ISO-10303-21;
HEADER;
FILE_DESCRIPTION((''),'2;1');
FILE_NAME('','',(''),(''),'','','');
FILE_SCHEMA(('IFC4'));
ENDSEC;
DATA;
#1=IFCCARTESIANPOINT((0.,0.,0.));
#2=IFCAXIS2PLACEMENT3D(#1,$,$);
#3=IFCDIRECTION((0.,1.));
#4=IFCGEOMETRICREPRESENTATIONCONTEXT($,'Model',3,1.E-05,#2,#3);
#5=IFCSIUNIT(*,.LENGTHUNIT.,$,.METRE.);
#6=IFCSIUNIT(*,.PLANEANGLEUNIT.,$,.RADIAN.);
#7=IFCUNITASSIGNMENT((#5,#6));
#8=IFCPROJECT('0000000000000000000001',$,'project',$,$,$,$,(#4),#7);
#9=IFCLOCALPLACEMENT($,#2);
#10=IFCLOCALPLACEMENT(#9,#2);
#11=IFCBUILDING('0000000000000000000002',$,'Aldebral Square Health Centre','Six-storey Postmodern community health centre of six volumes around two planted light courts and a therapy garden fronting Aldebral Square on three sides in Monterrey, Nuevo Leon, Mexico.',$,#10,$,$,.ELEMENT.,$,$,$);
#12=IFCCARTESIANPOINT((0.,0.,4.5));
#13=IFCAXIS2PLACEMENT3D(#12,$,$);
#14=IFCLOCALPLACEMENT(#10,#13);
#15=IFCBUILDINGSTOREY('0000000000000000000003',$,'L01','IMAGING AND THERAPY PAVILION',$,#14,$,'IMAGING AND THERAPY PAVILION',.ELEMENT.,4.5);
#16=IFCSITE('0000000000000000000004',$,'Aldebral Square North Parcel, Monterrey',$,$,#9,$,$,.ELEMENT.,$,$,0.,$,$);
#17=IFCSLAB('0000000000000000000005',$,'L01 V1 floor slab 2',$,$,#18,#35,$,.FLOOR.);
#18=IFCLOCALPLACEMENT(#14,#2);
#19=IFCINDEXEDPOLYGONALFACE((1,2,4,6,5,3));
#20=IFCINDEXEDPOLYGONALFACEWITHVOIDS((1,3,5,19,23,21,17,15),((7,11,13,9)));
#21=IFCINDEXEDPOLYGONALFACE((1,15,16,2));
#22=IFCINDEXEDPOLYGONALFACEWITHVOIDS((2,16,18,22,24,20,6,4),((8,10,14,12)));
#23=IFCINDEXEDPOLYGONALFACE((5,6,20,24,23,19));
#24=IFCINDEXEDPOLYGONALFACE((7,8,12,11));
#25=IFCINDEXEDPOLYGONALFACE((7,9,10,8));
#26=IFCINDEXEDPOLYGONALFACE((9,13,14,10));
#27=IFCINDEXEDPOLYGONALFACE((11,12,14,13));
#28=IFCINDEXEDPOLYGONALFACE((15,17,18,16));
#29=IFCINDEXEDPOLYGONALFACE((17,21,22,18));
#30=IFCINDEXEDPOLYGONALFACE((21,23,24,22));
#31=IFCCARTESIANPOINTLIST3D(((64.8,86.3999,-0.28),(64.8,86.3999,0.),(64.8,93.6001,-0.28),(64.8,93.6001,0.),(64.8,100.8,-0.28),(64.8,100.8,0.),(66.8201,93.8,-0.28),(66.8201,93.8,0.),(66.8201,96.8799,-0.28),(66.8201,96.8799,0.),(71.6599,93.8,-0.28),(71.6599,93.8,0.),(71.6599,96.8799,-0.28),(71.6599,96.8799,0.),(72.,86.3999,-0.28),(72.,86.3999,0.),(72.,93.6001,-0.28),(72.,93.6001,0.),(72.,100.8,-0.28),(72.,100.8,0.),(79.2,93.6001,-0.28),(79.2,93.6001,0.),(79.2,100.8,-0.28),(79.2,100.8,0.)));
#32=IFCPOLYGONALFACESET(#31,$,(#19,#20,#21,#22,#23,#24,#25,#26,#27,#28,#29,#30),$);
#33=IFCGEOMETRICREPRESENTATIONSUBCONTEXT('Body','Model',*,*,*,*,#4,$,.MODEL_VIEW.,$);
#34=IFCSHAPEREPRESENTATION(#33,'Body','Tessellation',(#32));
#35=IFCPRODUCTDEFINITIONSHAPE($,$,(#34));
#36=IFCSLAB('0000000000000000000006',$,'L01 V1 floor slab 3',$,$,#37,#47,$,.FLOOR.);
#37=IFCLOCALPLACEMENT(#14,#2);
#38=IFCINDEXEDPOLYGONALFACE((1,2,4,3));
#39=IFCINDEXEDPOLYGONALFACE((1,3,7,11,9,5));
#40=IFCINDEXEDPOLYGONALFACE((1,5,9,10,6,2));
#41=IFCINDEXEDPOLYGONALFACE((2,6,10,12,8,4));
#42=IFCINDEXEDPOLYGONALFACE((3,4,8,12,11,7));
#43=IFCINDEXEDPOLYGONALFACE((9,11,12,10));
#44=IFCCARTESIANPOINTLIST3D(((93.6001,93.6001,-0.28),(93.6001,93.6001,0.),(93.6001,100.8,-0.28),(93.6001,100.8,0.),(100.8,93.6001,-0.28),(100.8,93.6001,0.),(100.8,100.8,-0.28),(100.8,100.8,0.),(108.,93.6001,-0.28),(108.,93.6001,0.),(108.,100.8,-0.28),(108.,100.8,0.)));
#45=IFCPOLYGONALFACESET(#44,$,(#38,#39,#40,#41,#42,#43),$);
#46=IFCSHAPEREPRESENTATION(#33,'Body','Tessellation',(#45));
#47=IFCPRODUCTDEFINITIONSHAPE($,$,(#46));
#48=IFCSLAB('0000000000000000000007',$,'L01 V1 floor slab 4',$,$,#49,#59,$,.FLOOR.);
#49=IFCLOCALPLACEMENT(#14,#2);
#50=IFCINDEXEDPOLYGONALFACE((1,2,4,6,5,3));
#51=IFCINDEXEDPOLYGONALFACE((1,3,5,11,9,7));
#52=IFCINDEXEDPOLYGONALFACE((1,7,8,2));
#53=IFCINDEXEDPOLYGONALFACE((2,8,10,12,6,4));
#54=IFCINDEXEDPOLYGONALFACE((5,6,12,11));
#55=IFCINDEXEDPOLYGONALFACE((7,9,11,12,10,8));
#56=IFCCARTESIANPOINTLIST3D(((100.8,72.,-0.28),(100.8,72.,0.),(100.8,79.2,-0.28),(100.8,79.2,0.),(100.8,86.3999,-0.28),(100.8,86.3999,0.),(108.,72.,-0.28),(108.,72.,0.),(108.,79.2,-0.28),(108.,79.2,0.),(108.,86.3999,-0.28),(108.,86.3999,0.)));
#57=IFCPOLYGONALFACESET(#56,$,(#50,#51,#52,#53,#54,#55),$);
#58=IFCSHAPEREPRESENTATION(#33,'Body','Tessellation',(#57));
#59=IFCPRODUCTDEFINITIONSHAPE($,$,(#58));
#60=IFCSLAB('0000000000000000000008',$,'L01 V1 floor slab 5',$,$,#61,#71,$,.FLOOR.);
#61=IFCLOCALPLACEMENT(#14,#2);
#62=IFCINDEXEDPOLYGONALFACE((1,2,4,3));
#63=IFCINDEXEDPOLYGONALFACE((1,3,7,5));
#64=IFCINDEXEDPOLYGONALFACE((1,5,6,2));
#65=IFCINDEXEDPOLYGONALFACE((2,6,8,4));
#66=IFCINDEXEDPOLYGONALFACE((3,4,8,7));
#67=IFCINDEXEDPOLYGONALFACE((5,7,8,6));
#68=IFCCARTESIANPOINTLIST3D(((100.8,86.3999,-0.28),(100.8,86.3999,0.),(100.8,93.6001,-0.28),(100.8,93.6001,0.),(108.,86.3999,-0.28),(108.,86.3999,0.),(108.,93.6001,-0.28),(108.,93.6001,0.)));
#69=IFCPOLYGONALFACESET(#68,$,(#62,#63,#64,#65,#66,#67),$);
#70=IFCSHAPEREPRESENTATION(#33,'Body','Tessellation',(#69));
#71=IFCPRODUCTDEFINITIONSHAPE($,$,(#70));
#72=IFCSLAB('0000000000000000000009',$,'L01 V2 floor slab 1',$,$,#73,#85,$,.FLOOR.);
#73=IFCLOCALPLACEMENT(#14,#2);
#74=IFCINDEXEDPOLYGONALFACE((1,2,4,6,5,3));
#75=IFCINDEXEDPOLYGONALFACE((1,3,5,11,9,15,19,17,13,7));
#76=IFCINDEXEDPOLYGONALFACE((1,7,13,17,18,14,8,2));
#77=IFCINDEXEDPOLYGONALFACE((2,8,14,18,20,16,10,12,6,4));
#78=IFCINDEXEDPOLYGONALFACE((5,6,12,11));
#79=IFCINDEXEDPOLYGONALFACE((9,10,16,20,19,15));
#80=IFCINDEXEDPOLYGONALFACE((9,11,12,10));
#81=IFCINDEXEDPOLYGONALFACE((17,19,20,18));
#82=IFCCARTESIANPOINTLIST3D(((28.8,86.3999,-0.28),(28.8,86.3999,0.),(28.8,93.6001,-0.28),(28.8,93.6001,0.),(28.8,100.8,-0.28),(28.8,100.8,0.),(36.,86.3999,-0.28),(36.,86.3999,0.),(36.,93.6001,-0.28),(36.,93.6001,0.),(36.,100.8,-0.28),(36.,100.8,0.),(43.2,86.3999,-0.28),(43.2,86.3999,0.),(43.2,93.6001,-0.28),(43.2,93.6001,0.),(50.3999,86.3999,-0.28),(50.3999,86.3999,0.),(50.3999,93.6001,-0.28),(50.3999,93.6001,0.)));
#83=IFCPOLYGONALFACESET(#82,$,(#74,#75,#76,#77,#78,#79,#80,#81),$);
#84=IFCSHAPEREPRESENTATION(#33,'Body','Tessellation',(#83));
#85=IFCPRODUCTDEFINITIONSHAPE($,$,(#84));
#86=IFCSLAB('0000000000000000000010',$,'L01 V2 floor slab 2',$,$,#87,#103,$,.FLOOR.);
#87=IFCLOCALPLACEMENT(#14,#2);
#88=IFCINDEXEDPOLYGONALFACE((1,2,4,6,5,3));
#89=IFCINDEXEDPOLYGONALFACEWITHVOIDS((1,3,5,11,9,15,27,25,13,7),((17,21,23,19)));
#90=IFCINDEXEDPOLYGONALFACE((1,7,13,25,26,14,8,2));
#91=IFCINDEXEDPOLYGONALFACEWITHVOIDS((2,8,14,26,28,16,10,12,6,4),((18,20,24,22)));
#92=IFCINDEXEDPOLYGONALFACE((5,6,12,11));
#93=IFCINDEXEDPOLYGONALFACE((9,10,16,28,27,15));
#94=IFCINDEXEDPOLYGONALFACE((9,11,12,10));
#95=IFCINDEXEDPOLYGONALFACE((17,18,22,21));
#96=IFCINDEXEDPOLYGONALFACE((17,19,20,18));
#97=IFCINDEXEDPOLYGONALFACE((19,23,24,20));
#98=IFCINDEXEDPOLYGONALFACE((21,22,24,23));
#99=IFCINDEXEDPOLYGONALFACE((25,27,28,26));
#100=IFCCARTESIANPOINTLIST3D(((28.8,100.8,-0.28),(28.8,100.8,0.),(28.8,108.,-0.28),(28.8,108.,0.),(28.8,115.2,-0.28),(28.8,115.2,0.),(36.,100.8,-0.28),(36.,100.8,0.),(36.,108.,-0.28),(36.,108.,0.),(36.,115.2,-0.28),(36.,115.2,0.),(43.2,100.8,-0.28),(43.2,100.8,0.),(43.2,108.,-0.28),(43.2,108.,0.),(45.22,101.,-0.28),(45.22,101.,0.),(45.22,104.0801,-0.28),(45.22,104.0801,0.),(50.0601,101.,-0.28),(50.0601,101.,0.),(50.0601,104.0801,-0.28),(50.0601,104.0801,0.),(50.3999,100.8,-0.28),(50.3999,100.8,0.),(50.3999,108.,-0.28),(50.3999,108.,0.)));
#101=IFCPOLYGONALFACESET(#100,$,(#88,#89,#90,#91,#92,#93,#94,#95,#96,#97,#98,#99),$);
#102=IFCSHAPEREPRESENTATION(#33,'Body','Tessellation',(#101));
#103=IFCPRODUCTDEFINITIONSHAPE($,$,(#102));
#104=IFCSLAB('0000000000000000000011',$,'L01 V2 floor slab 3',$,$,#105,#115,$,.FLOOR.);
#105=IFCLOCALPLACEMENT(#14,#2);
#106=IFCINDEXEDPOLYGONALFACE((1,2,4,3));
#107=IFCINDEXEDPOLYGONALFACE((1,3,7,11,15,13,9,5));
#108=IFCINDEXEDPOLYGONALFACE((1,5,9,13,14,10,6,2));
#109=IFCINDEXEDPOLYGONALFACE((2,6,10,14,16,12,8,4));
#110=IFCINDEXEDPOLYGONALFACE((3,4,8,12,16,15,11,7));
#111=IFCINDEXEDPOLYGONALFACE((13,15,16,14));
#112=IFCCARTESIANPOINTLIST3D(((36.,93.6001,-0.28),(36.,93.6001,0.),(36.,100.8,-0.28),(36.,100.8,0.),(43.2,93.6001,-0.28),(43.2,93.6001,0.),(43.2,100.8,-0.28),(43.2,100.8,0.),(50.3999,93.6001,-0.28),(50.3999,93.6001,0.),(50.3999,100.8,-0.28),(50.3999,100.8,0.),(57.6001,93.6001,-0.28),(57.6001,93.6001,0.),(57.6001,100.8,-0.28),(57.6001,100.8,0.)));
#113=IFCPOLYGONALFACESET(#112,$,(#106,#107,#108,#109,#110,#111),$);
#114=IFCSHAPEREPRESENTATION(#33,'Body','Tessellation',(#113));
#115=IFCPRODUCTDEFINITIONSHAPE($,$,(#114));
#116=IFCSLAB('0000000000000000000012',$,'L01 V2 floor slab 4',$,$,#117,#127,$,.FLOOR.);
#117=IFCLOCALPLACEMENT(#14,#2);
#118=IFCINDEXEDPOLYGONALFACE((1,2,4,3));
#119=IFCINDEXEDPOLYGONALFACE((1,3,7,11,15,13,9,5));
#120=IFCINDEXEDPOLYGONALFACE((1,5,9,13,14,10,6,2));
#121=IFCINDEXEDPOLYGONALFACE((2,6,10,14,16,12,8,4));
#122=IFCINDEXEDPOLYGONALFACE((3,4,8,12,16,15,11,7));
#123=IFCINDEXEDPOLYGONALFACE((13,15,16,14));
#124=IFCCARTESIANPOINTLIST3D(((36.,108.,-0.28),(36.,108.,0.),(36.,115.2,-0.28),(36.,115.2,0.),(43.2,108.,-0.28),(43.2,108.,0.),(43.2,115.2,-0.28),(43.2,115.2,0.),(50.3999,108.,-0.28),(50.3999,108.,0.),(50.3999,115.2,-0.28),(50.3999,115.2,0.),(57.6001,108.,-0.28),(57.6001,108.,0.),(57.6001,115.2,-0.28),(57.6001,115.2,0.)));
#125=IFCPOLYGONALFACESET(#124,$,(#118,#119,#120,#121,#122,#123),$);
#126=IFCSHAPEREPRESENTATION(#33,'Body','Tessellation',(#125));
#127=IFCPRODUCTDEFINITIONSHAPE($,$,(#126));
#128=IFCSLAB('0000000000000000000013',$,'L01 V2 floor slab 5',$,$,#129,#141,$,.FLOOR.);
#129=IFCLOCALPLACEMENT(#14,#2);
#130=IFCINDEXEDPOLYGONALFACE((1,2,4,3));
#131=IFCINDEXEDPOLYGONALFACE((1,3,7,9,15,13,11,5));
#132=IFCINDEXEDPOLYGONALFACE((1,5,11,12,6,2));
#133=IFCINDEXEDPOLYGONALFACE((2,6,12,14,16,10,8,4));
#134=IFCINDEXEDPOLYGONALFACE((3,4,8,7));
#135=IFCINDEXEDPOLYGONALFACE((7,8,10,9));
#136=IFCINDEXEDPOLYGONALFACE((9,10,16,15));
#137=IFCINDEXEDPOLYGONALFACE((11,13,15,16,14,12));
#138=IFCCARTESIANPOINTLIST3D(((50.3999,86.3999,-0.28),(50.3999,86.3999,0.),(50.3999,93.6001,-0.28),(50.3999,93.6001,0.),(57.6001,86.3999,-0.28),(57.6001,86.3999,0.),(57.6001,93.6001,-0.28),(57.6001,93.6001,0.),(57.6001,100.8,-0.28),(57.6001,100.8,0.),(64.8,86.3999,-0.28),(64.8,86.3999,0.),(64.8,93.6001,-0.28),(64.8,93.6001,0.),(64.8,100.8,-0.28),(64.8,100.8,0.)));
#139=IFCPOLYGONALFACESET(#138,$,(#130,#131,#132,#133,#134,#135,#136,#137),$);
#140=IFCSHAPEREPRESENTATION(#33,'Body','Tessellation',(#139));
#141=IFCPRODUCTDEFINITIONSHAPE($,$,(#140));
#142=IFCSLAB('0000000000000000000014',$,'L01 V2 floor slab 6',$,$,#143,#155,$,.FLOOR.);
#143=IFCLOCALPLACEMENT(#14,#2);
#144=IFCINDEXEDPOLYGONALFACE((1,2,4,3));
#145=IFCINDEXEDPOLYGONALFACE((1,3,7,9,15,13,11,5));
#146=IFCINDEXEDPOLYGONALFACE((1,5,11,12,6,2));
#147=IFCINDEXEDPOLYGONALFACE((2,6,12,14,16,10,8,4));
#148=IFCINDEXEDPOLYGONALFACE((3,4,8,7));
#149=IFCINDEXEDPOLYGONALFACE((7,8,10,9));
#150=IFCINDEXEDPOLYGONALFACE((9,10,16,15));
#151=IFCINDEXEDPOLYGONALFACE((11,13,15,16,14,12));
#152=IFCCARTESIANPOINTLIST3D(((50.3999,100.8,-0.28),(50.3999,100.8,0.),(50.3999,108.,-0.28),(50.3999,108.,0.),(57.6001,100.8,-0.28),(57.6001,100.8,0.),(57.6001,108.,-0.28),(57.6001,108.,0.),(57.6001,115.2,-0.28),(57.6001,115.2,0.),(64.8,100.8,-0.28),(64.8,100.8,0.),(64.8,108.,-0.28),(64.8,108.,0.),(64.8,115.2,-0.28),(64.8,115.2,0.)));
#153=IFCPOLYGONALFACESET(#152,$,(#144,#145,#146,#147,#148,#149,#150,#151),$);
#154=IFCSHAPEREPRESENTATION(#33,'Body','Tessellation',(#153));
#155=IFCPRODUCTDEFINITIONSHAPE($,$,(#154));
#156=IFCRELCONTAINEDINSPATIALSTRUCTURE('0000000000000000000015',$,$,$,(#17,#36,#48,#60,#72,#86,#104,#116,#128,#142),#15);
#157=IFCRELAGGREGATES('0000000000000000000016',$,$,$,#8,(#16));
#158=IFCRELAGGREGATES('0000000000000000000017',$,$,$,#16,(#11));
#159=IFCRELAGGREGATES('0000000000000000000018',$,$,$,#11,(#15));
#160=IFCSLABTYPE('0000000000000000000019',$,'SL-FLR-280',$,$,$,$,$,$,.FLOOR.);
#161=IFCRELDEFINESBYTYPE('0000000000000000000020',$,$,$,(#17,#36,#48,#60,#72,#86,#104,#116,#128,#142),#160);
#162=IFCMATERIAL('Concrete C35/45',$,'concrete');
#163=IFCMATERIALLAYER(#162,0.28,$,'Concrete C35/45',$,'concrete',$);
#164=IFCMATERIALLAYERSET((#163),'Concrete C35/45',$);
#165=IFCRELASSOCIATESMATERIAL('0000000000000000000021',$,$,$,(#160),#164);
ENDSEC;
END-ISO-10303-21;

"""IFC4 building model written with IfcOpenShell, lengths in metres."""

from ifc_helpers import new_model, si_unit, direction, frame, origin, place, context, subcontext, project, spatial, polyline, outline, extrude, material, layer, layer_set, type_object, element, save


model = new_model("IFC4")

# Units and contexts
model_context = context("Model", 3, precision=1e-05, world=origin(), true_north=direction((0.0, 1.0)))
body_context = subcontext(model_context, "Body", "Model", "MODEL_VIEW")
ifc_project = project(units=[si_unit("LENGTHUNIT", "METRE"), si_unit("PLANEANGLEUNIT", "RADIAN")], contexts=[model_context])

# Site, building, storey
site_placement = place(None, origin())
site = spatial("IfcSite", under=ifc_project, at=site_placement, Name="Aldebral Square North Parcel, Monterrey", CompositionType="ELEMENT", RefElevation=0.0)
building_placement = place(site_placement, origin())
building = spatial("IfcBuilding", under=site, at=building_placement, Name="Aldebral Square Health Centre", Description="Six-storey Postmodern community health centre of six volumes around two planted light courts and a therapy garden fronting Aldebral Square on three sides in Monterrey, Nuevo Leon, Mexico.", CompositionType="ELEMENT")
storey_placement = place(building_placement, frame((0.0, 0.0, 4.5)))
storey = spatial("IfcBuildingStorey", under=building, at=storey_placement, Name="L01", Description="IMAGING AND THERAPY PAVILION", LongName="IMAGING AND THERAPY PAVILION", CompositionType="ELEMENT", Elevation=4.5)

# Slabs
ifc_material = material(Name="Concrete C35/45", Category="concrete")
ifc_layer_1 = layer(ifc_material, 0.28, Name="Concrete C35/45", Category="concrete")
ifc_layer_set_1 = layer_set([ifc_layer_1], Name="Concrete C35/45")
slab_type_1 = type_object("IfcSlabType", Name="SL-FLR-280", PredefinedType="FLOOR", material=ifc_layer_set_1)
slab_1_placement = place(storey_placement, frame((0.0, 0.0, -0.28)))
element("IfcSlab", 1, at=slab_1_placement, inside=storey, type_object=slab_type_1, Name="L01 V1 floor slab 2", PredefinedType="FLOOR", context=body_context, shape_type="SweptSolid", body=[
    extrude(outline(polyline([(64.8, 86.3999), (64.8, 93.6001), (64.8, 100.8), (72.0, 100.8), (79.2, 100.8), (79.2, 93.6001), (72.0, 93.6001), (72.0, 86.3999), (64.8, 86.3999)]), holes=[polyline([(71.6599, 96.8799), (66.8201, 96.8799), (66.8201, 93.8), (71.6599, 93.8), (71.6599, 96.8799)])]), origin(), (0.0, 0.0, 1.0), 0.28),
])
slab_2_placement = place(storey_placement, frame((0.0, 0.0, -0.28)))
element("IfcSlab", 2, at=slab_2_placement, inside=storey, type_object=slab_type_1, Name="L01 V1 floor slab 3", PredefinedType="FLOOR", context=body_context, shape_type="SweptSolid", body=[
    extrude(outline(polyline([(93.6001, 100.8), (100.8, 100.8), (108.0, 100.8), (108.0, 93.6001), (100.8, 93.6001), (93.6001, 93.6001), (93.6001, 100.8)])), origin(), (0.0, 0.0, 1.0), 0.28),
])
slab_3_placement = place(storey_placement, frame((0.0, 0.0, -0.28)))
element("IfcSlab", 3, at=slab_3_placement, inside=storey, type_object=slab_type_1, Name="L01 V1 floor slab 4", PredefinedType="FLOOR", context=body_context, shape_type="SweptSolid", body=[
    extrude(outline(polyline([(100.8, 72.0), (100.8, 79.2), (100.8, 86.3999), (108.0, 86.3999), (108.0, 79.2), (108.0, 72.0), (100.8, 72.0)])), origin(), (0.0, 0.0, 1.0), 0.28),
])
slab_4_placement = place(storey_placement, frame((0.0, 0.0, -0.28)))
element("IfcSlab", 4, at=slab_4_placement, inside=storey, type_object=slab_type_1, Name="L01 V1 floor slab 5", PredefinedType="FLOOR", context=body_context, shape_type="SweptSolid", body=[
    extrude(outline(polyline([(100.8, 86.3999), (100.8, 93.6001), (108.0, 93.6001), (108.0, 86.3999), (100.8, 86.3999)])), origin(), (0.0, 0.0, 1.0), 0.28),
])
slab_5_placement = place(storey_placement, frame((0.0, 0.0, -0.28)))
element("IfcSlab", 5, at=slab_5_placement, inside=storey, type_object=slab_type_1, Name="L01 V2 floor slab 1", PredefinedType="FLOOR", context=body_context, shape_type="SweptSolid", body=[
    extrude(outline(polyline([(28.8, 100.8), (36.0, 100.8), (36.0, 93.6001), (43.2, 93.6001), (50.3999, 93.6001), (50.3999, 86.3999), (43.2, 86.3999), (36.0, 86.3999), (28.8, 86.3999), (28.8, 93.6001), (28.8, 100.8)])), origin(), (0.0, 0.0, 1.0), 0.28),
])
slab_6_placement = place(storey_placement, frame((0.0, 0.0, -0.28)))
element("IfcSlab", 6, at=slab_6_placement, inside=storey, type_object=slab_type_1, Name="L01 V2 floor slab 2", PredefinedType="FLOOR", context=body_context, shape_type="SweptSolid", body=[
    extrude(outline(polyline([(28.8, 115.2), (36.0, 115.2), (36.0, 108.0), (43.2, 108.0), (50.3999, 108.0), (50.3999, 100.8), (43.2, 100.8), (36.0, 100.8), (28.8, 100.8), (28.8, 108.0), (28.8, 115.2)]), holes=[polyline([(50.0601, 104.0801), (45.22, 104.0801), (45.22, 101.0), (50.0601, 101.0), (50.0601, 104.0801)])]), origin(), (0.0, 0.0, 1.0), 0.28),
])
slab_7_placement = place(storey_placement, frame((0.0, 0.0, -0.28)))
element("IfcSlab", 7, at=slab_7_placement, inside=storey, type_object=slab_type_1, Name="L01 V2 floor slab 3", PredefinedType="FLOOR", context=body_context, shape_type="SweptSolid", body=[
    extrude(outline(polyline([(36.0, 100.8), (43.2, 100.8), (50.3999, 100.8), (57.6001, 100.8), (57.6001, 93.6001), (50.3999, 93.6001), (43.2, 93.6001), (36.0, 93.6001), (36.0, 100.8)])), origin(), (0.0, 0.0, 1.0), 0.28),
])
slab_8_placement = place(storey_placement, frame((0.0, 0.0, -0.28)))
element("IfcSlab", 8, at=slab_8_placement, inside=storey, type_object=slab_type_1, Name="L01 V2 floor slab 4", PredefinedType="FLOOR", context=body_context, shape_type="SweptSolid", body=[
    extrude(outline(polyline([(36.0, 115.2), (43.2, 115.2), (50.3999, 115.2), (57.6001, 115.2), (57.6001, 108.0), (50.3999, 108.0), (43.2, 108.0), (36.0, 108.0), (36.0, 115.2)])), origin(), (0.0, 0.0, 1.0), 0.28),
])
slab_9_placement = place(storey_placement, frame((0.0, 0.0, -0.28)))
element("IfcSlab", 9, at=slab_9_placement, inside=storey, type_object=slab_type_1, Name="L01 V2 floor slab 5", PredefinedType="FLOOR", context=body_context, shape_type="SweptSolid", body=[
    extrude(outline(polyline([(50.3999, 93.6001), (57.6001, 93.6001), (57.6001, 100.8), (64.8, 100.8), (64.8, 93.6001), (64.8, 86.3999), (57.6001, 86.3999), (50.3999, 86.3999), (50.3999, 93.6001)])), origin(), (0.0, 0.0, 1.0), 0.28),
])
slab_10_placement = place(storey_placement, frame((0.0, 0.0, -0.28)))
element("IfcSlab", 10, at=slab_10_placement, inside=storey, type_object=slab_type_1, Name="L01 V2 floor slab 6", PredefinedType="FLOOR", context=body_context, shape_type="SweptSolid", body=[
    extrude(outline(polyline([(50.3999, 108.0), (57.6001, 108.0), (57.6001, 115.2), (64.8, 115.2), (64.8, 108.0), (64.8, 100.8), (57.6001, 100.8), (50.3999, 100.8), (50.3999, 108.0)])), origin(), (0.0, 0.0, 1.0), 0.28),
])

save(model, "model.ifc")
